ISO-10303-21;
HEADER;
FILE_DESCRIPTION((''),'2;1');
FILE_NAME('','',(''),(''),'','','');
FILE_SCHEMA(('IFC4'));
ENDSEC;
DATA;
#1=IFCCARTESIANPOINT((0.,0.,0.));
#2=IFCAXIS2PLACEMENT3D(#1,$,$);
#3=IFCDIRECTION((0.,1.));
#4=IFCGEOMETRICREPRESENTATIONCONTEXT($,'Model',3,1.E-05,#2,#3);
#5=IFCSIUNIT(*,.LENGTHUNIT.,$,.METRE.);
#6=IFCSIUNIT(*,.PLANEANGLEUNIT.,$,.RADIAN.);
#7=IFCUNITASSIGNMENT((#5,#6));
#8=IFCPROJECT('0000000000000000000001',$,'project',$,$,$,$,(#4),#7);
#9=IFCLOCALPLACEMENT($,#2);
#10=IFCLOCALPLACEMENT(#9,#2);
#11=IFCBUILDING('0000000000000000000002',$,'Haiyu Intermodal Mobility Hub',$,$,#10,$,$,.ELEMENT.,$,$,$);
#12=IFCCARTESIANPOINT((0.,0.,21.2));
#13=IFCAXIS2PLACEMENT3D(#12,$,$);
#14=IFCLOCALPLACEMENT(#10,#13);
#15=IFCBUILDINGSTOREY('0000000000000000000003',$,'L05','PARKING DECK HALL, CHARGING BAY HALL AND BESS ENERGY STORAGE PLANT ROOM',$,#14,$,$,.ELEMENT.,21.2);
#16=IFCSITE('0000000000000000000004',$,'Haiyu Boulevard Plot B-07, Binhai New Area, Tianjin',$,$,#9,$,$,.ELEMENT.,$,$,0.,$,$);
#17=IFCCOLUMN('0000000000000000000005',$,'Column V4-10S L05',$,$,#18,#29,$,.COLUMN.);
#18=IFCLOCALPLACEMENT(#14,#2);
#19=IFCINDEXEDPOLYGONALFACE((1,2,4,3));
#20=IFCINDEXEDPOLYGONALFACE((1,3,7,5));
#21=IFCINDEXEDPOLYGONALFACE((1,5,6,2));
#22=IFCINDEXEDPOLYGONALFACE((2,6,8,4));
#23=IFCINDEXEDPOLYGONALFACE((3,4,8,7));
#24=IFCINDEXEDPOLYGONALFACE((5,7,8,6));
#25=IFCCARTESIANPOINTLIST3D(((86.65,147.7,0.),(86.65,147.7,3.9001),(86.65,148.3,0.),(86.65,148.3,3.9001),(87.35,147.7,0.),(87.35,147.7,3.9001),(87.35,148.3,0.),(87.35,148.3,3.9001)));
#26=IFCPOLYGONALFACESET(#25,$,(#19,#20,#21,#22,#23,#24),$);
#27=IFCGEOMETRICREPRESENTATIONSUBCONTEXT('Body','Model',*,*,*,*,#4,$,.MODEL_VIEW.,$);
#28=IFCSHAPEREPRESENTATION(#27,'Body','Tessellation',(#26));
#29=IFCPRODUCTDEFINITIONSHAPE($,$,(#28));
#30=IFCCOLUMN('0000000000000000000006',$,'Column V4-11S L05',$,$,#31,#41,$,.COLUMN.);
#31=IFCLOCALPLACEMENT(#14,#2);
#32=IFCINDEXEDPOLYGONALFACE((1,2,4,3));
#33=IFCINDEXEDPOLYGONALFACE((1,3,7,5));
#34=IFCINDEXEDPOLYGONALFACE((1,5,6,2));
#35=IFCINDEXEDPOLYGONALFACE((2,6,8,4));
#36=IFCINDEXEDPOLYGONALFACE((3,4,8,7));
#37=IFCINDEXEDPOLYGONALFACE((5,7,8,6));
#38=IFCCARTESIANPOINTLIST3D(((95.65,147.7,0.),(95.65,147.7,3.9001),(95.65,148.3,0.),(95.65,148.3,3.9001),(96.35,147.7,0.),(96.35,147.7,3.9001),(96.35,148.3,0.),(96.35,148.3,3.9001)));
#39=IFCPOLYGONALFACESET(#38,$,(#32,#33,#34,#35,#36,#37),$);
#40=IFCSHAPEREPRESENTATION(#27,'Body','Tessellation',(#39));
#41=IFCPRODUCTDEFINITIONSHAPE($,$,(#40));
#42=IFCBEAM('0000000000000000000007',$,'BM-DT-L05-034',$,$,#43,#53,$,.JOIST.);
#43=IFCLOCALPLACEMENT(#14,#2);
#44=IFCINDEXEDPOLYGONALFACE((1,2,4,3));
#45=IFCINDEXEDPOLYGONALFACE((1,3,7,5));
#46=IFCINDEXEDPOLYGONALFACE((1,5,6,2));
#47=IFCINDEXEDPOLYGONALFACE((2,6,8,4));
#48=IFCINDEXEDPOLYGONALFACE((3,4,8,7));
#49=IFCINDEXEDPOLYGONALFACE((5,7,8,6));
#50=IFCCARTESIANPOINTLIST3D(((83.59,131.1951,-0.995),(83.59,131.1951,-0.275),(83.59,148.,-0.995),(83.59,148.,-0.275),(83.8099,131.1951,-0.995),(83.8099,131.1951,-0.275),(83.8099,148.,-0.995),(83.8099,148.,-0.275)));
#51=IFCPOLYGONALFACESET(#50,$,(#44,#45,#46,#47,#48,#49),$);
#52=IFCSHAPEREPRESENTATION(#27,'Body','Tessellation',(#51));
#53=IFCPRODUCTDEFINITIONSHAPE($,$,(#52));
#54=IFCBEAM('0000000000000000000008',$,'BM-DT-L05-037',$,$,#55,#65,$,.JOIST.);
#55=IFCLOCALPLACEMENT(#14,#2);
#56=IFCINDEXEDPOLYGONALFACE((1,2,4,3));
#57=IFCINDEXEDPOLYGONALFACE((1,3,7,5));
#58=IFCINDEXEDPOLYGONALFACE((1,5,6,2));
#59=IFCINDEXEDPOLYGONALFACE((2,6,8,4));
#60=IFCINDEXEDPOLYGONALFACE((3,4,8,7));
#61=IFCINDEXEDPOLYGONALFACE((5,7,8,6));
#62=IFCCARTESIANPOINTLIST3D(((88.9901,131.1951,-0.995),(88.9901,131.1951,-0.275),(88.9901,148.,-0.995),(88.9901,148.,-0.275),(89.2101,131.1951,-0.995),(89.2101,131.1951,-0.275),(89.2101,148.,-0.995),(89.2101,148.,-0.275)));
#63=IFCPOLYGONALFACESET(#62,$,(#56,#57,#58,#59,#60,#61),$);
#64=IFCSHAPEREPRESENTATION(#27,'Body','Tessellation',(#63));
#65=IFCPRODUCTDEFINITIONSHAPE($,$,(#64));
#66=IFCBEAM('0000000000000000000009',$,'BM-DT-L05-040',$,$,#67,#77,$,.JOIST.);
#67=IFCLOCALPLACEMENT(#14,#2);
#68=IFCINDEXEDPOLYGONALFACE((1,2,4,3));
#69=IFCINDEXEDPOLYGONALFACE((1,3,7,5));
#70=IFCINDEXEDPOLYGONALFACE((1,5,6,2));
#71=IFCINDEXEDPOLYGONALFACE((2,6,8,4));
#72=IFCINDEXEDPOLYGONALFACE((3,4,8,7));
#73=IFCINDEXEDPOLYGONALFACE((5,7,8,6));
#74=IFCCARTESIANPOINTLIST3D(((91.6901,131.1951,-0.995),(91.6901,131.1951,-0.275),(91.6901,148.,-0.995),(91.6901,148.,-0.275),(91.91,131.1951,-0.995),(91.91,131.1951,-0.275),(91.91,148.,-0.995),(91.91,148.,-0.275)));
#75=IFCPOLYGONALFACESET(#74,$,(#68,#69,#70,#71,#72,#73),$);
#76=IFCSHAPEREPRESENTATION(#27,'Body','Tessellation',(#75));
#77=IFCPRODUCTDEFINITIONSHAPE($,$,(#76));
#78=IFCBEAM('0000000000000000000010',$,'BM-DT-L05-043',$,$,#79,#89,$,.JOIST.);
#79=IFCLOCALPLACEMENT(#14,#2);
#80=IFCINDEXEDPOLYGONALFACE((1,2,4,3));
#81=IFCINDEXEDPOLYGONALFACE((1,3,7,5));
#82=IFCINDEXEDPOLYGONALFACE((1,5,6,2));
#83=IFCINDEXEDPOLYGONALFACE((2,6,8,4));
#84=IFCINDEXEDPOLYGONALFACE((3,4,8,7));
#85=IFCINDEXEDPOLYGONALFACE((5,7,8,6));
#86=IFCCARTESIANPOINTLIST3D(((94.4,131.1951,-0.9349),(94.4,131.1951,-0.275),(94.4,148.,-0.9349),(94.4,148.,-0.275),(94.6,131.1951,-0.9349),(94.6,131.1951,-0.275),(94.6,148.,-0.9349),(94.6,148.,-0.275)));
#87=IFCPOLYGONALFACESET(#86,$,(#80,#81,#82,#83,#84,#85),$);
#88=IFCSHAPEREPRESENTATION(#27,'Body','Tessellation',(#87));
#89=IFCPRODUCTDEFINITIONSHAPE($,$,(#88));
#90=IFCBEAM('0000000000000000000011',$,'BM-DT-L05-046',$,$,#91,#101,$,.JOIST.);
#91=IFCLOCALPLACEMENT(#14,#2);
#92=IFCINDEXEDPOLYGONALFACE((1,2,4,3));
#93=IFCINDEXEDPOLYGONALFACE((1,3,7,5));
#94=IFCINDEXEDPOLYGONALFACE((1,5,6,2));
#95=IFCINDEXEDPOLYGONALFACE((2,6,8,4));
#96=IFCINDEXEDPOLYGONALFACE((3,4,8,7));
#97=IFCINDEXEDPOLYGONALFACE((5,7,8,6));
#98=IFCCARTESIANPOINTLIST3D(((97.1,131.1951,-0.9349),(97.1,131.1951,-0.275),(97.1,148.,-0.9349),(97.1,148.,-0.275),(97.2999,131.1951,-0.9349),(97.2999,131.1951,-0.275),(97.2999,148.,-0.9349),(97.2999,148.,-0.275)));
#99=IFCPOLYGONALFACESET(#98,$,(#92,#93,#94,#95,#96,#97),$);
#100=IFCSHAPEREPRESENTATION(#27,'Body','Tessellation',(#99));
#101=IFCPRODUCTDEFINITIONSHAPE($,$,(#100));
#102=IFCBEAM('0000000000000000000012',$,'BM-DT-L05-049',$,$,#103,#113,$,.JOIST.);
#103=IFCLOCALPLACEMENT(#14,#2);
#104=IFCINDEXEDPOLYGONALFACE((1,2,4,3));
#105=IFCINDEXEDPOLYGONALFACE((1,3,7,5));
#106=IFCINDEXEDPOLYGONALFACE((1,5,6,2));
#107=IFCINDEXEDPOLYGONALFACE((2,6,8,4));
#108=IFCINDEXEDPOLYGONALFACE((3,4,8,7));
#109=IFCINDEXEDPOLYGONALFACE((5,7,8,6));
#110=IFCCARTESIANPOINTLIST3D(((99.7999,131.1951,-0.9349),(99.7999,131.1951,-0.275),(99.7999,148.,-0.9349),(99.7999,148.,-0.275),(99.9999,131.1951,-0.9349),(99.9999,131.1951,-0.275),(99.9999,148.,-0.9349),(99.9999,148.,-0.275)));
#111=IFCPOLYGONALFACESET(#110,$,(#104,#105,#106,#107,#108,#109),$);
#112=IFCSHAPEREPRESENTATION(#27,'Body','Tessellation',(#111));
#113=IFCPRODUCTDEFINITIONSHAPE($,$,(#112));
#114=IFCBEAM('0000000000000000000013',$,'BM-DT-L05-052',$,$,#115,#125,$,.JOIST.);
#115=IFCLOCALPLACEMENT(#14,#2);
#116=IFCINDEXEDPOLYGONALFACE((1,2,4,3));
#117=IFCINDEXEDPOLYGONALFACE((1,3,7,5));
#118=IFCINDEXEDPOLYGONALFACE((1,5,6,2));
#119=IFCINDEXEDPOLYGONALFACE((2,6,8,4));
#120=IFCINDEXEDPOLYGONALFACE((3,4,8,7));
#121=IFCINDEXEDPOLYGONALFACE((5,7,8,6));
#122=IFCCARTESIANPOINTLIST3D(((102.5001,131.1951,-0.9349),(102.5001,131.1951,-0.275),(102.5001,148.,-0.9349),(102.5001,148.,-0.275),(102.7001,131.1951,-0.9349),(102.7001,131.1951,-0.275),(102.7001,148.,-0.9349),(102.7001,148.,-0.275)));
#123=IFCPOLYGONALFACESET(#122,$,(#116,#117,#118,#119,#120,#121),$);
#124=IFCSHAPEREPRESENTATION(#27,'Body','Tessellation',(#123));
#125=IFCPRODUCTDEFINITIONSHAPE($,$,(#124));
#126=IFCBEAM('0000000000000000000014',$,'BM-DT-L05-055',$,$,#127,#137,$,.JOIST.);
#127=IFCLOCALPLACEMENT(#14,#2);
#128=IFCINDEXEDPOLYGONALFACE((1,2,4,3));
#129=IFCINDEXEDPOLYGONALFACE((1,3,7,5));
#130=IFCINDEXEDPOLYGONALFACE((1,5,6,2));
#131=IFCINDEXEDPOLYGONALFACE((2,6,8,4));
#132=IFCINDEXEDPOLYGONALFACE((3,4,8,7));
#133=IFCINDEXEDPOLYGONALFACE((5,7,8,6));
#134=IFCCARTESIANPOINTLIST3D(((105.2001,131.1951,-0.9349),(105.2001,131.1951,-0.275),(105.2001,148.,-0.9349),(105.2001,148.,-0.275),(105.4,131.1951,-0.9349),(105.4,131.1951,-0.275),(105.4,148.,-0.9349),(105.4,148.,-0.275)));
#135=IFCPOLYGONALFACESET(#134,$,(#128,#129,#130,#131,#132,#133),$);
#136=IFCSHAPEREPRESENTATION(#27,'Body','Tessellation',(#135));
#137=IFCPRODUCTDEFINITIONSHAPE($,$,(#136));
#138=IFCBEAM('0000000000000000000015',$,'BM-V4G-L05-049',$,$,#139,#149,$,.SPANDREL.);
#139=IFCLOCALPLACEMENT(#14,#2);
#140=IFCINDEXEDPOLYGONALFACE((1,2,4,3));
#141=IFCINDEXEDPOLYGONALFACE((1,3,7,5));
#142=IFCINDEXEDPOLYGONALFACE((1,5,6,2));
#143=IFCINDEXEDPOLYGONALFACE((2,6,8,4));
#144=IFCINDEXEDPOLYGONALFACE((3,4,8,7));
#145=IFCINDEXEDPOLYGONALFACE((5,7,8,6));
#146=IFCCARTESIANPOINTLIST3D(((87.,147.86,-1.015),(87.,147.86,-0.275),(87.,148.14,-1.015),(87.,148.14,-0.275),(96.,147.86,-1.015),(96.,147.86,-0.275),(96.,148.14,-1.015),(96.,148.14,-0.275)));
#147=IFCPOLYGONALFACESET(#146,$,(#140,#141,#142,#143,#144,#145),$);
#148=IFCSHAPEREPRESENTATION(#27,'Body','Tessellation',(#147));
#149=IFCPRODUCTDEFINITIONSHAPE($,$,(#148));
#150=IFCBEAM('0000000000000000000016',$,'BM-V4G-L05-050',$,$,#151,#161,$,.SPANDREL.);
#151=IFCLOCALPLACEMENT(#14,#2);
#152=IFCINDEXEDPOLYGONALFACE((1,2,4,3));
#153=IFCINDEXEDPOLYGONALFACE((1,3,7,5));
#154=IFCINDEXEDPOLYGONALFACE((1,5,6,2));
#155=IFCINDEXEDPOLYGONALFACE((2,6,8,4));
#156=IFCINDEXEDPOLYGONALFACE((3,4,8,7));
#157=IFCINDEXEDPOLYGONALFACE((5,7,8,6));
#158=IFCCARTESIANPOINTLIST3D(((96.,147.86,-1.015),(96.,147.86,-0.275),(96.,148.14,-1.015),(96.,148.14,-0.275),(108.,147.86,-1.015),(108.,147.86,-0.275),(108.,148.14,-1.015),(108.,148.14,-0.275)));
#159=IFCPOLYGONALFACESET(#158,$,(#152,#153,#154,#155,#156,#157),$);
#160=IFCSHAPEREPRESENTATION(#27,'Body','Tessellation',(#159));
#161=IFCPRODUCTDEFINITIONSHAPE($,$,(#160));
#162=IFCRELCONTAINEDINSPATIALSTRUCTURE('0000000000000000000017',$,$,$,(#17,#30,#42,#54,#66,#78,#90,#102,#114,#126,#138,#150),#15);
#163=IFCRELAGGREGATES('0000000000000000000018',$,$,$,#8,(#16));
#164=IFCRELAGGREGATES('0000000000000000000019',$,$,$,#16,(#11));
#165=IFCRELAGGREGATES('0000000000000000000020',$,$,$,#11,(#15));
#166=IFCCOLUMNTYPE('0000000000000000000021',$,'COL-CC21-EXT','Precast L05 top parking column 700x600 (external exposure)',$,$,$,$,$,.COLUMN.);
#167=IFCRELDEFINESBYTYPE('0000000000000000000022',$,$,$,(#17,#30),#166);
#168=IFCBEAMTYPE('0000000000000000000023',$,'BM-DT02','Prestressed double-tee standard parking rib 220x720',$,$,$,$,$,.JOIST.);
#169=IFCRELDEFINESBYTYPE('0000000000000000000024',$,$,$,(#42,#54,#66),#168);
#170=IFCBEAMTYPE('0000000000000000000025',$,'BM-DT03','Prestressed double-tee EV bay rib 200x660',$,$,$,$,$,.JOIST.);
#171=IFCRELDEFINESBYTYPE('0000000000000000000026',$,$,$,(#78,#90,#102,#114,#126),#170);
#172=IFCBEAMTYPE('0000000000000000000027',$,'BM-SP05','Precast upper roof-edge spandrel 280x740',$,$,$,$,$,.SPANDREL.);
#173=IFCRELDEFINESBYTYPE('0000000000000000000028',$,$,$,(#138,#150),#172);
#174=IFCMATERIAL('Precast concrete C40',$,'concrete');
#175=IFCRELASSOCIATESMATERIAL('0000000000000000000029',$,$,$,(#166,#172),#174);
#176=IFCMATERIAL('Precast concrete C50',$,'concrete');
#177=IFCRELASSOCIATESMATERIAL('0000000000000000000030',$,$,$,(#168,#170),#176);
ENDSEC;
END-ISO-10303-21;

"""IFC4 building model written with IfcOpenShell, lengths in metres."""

from ifc_helpers import new_model, si_unit, direction, frame, origin, origin_2d, place, context, subcontext, project, spatial, rectangle, extrude, material, material_profile, profile_set, type_object, element, save


model = new_model("IFC4")

# Units and contexts
model_context = context("Model", 3, precision=1e-05, world=origin(), true_north=direction((0.0, 1.0)))
body_context = subcontext(model_context, "Body", "Model", "MODEL_VIEW")
ifc_project = project(units=[si_unit("LENGTHUNIT", "METRE"), si_unit("PLANEANGLEUNIT", "RADIAN")], contexts=[model_context])

# Site, building, storey
site_placement = place(None, origin())
site = spatial("IfcSite", under=ifc_project, at=site_placement, Name="Haiyu Boulevard Plot B-07, Binhai New Area, Tianjin", CompositionType="ELEMENT", RefElevation=0.0)
building_placement = place(site_placement, origin())
building = spatial("IfcBuilding", under=site, at=building_placement, Name="Haiyu Intermodal Mobility Hub", CompositionType="ELEMENT")
storey_placement = place(building_placement, frame((0.0, 0.0, 21.2)))
storey = spatial("IfcBuildingStorey", under=building, at=storey_placement, Name="L05", Description="PARKING DECK HALL, CHARGING BAY HALL AND BESS ENERGY STORAGE PLANT ROOM", CompositionType="ELEMENT", Elevation=21.2)

# Columns
ifc_material_1 = material(Name="Precast concrete C40", Category="concrete")
ifc_material_profile_1 = material_profile(ifc_material_1, rectangle(XDim=0.7, YDim=0.6001, at=origin_2d()), Name="C700x600")
ifc_profile_set_1 = profile_set([ifc_material_profile_1], Name="Precast concrete C40")
column_type = type_object("IfcColumnType", Name="COL-CC21-EXT", Description="Precast L05 top parking column 700x600 (external exposure)", PredefinedType="COLUMN", material=ifc_profile_set_1)
for number, where, z_axis, x_axis, name in (
    (1, (87.0, 148.0, 0.0), (0.0, 0.0, 1.0), (1.0, 0.0, 0.0), "Column V4-10S L05"),
    (2, (96.0, 148.0, 0.0), (0.0, 0.0, 1.0), (1.0, 0.0, 0.0), "Column V4-11S L05"),
):
    element("IfcColumn", number, at=place(storey_placement, frame(where, z_axis=z_axis, x_axis=x_axis)), inside=storey, type_object=column_type, Name=name, PredefinedType="COLUMN", context=body_context, shape_type="SweptSolid", body=[
        extrude(rectangle(XDim=0.7, YDim=0.6001, at=origin_2d()), origin(), (0.0, 0.0, 1.0), 3.9001),
    ])

# Beams
ifc_material_2 = material(Name="Precast concrete C50", Category="concrete")
ifc_material_profile_2 = material_profile(ifc_material_2, rectangle(XDim=0.22, YDim=0.72, at=origin_2d()), Name="PC220x720")
ifc_profile_set_2 = profile_set([ifc_material_profile_2], Name="Precast concrete C50")
beam_type_1 = type_object("IfcBeamType", Name="BM-DT02", Description="Prestressed double-tee standard parking rib 220x720", PredefinedType="JOIST", material=ifc_profile_set_2)
for number, where, z_axis, x_axis, name in (
    (3, (83.7, 131.1951, -0.635), (0.0, 1.0, 0.0), (-1.0, 0.0, 0.0), "BM-DT-L05-034"),
    (4, (89.1001, 131.1951, -0.635), (0.0, 1.0, 0.0), (-1.0, 0.0, 0.0), "BM-DT-L05-037"),
    (5, (91.8, 131.1951, -0.635), (0.0, 1.0, 0.0), (-1.0, 0.0, 0.0), "BM-DT-L05-040"),
):
    element("IfcBeam", number, at=place(storey_placement, frame(where, z_axis=z_axis, x_axis=x_axis)), inside=storey, type_object=beam_type_1, Name=name, PredefinedType="JOIST", context=body_context, shape_type="SweptSolid", body=[
        extrude(rectangle(XDim=0.22, YDim=0.72, at=origin_2d()), origin(), (0.0, 0.0, 1.0), 16.8049),
    ])
ifc_material_profile_3 = material_profile(ifc_material_2, rectangle(XDim=0.2, YDim=0.6599, at=origin_2d()), Name="PC200x660")
ifc_profile_set_3 = profile_set([ifc_material_profile_3], Name="Precast concrete C50")
beam_type_2 = type_object("IfcBeamType", Name="BM-DT03", Description="Prestressed double-tee EV bay rib 200x660", PredefinedType="JOIST", material=ifc_profile_set_3)
for number, where, z_axis, x_axis, name in (
    (6, (94.5, 131.1951, -0.605), (0.0, 1.0, 0.0), (-1.0, 0.0, 0.0), "BM-DT-L05-043"),
    (7, (97.2, 131.1951, -0.605), (0.0, 1.0, 0.0), (-1.0, 0.0, 0.0), "BM-DT-L05-046"),
    (8, (99.8999, 131.1951, -0.605), (0.0, 1.0, 0.0), (-1.0, 0.0, 0.0), "BM-DT-L05-049"),
    (9, (102.6001, 131.1951, -0.605), (0.0, 1.0, 0.0), (-1.0, 0.0, 0.0), "BM-DT-L05-052"),
    (10, (105.3, 131.1951, -0.605), (0.0, 1.0, 0.0), (-1.0, 0.0, 0.0), "BM-DT-L05-055"),
):
    element("IfcBeam", number, at=place(storey_placement, frame(where, z_axis=z_axis, x_axis=x_axis)), inside=storey, type_object=beam_type_2, Name=name, PredefinedType="JOIST", context=body_context, shape_type="SweptSolid", body=[
        extrude(rectangle(XDim=0.2, YDim=0.6599, at=origin_2d()), origin(), (0.0, 0.0, 1.0), 16.8049),
    ])
ifc_material_profile_4 = material_profile(ifc_material_1, rectangle(XDim=0.28, YDim=0.74, at=origin_2d()), Name="B280x740")
ifc_profile_set_4 = profile_set([ifc_material_profile_4], Name="Precast concrete C40")
beam_type_3 = type_object("IfcBeamType", Name="BM-SP05", Description="Precast upper roof-edge spandrel 280x740", PredefinedType="SPANDREL", material=ifc_profile_set_4)
beam_1_placement = place(storey_placement, frame((87.0, 148.0, -0.645), z_axis=(1.0, 0.0, 0.0), x_axis=(0.0, 1.0, 0.0)))
element("IfcBeam", 11, at=beam_1_placement, inside=storey, type_object=beam_type_3, Name="BM-V4G-L05-049", PredefinedType="SPANDREL", context=body_context, shape_type="SweptSolid", body=[
    extrude(rectangle(XDim=0.28, YDim=0.74, at=origin_2d()), origin(), (0.0, 0.0, 1.0), 9.0),
])
beam_2_placement = place(storey_placement, frame((96.0, 148.0, -0.645), z_axis=(1.0, 0.0, 0.0), x_axis=(0.0, 1.0, 0.0)))
element("IfcBeam", 12, at=beam_2_placement, inside=storey, type_object=beam_type_3, Name="BM-V4G-L05-050", PredefinedType="SPANDREL", context=body_context, shape_type="SweptSolid", body=[
    extrude(rectangle(XDim=0.28, YDim=0.74, at=origin_2d()), origin(), (0.0, 0.0, 1.0), 12.0),
])

save(model, "model.ifc")
